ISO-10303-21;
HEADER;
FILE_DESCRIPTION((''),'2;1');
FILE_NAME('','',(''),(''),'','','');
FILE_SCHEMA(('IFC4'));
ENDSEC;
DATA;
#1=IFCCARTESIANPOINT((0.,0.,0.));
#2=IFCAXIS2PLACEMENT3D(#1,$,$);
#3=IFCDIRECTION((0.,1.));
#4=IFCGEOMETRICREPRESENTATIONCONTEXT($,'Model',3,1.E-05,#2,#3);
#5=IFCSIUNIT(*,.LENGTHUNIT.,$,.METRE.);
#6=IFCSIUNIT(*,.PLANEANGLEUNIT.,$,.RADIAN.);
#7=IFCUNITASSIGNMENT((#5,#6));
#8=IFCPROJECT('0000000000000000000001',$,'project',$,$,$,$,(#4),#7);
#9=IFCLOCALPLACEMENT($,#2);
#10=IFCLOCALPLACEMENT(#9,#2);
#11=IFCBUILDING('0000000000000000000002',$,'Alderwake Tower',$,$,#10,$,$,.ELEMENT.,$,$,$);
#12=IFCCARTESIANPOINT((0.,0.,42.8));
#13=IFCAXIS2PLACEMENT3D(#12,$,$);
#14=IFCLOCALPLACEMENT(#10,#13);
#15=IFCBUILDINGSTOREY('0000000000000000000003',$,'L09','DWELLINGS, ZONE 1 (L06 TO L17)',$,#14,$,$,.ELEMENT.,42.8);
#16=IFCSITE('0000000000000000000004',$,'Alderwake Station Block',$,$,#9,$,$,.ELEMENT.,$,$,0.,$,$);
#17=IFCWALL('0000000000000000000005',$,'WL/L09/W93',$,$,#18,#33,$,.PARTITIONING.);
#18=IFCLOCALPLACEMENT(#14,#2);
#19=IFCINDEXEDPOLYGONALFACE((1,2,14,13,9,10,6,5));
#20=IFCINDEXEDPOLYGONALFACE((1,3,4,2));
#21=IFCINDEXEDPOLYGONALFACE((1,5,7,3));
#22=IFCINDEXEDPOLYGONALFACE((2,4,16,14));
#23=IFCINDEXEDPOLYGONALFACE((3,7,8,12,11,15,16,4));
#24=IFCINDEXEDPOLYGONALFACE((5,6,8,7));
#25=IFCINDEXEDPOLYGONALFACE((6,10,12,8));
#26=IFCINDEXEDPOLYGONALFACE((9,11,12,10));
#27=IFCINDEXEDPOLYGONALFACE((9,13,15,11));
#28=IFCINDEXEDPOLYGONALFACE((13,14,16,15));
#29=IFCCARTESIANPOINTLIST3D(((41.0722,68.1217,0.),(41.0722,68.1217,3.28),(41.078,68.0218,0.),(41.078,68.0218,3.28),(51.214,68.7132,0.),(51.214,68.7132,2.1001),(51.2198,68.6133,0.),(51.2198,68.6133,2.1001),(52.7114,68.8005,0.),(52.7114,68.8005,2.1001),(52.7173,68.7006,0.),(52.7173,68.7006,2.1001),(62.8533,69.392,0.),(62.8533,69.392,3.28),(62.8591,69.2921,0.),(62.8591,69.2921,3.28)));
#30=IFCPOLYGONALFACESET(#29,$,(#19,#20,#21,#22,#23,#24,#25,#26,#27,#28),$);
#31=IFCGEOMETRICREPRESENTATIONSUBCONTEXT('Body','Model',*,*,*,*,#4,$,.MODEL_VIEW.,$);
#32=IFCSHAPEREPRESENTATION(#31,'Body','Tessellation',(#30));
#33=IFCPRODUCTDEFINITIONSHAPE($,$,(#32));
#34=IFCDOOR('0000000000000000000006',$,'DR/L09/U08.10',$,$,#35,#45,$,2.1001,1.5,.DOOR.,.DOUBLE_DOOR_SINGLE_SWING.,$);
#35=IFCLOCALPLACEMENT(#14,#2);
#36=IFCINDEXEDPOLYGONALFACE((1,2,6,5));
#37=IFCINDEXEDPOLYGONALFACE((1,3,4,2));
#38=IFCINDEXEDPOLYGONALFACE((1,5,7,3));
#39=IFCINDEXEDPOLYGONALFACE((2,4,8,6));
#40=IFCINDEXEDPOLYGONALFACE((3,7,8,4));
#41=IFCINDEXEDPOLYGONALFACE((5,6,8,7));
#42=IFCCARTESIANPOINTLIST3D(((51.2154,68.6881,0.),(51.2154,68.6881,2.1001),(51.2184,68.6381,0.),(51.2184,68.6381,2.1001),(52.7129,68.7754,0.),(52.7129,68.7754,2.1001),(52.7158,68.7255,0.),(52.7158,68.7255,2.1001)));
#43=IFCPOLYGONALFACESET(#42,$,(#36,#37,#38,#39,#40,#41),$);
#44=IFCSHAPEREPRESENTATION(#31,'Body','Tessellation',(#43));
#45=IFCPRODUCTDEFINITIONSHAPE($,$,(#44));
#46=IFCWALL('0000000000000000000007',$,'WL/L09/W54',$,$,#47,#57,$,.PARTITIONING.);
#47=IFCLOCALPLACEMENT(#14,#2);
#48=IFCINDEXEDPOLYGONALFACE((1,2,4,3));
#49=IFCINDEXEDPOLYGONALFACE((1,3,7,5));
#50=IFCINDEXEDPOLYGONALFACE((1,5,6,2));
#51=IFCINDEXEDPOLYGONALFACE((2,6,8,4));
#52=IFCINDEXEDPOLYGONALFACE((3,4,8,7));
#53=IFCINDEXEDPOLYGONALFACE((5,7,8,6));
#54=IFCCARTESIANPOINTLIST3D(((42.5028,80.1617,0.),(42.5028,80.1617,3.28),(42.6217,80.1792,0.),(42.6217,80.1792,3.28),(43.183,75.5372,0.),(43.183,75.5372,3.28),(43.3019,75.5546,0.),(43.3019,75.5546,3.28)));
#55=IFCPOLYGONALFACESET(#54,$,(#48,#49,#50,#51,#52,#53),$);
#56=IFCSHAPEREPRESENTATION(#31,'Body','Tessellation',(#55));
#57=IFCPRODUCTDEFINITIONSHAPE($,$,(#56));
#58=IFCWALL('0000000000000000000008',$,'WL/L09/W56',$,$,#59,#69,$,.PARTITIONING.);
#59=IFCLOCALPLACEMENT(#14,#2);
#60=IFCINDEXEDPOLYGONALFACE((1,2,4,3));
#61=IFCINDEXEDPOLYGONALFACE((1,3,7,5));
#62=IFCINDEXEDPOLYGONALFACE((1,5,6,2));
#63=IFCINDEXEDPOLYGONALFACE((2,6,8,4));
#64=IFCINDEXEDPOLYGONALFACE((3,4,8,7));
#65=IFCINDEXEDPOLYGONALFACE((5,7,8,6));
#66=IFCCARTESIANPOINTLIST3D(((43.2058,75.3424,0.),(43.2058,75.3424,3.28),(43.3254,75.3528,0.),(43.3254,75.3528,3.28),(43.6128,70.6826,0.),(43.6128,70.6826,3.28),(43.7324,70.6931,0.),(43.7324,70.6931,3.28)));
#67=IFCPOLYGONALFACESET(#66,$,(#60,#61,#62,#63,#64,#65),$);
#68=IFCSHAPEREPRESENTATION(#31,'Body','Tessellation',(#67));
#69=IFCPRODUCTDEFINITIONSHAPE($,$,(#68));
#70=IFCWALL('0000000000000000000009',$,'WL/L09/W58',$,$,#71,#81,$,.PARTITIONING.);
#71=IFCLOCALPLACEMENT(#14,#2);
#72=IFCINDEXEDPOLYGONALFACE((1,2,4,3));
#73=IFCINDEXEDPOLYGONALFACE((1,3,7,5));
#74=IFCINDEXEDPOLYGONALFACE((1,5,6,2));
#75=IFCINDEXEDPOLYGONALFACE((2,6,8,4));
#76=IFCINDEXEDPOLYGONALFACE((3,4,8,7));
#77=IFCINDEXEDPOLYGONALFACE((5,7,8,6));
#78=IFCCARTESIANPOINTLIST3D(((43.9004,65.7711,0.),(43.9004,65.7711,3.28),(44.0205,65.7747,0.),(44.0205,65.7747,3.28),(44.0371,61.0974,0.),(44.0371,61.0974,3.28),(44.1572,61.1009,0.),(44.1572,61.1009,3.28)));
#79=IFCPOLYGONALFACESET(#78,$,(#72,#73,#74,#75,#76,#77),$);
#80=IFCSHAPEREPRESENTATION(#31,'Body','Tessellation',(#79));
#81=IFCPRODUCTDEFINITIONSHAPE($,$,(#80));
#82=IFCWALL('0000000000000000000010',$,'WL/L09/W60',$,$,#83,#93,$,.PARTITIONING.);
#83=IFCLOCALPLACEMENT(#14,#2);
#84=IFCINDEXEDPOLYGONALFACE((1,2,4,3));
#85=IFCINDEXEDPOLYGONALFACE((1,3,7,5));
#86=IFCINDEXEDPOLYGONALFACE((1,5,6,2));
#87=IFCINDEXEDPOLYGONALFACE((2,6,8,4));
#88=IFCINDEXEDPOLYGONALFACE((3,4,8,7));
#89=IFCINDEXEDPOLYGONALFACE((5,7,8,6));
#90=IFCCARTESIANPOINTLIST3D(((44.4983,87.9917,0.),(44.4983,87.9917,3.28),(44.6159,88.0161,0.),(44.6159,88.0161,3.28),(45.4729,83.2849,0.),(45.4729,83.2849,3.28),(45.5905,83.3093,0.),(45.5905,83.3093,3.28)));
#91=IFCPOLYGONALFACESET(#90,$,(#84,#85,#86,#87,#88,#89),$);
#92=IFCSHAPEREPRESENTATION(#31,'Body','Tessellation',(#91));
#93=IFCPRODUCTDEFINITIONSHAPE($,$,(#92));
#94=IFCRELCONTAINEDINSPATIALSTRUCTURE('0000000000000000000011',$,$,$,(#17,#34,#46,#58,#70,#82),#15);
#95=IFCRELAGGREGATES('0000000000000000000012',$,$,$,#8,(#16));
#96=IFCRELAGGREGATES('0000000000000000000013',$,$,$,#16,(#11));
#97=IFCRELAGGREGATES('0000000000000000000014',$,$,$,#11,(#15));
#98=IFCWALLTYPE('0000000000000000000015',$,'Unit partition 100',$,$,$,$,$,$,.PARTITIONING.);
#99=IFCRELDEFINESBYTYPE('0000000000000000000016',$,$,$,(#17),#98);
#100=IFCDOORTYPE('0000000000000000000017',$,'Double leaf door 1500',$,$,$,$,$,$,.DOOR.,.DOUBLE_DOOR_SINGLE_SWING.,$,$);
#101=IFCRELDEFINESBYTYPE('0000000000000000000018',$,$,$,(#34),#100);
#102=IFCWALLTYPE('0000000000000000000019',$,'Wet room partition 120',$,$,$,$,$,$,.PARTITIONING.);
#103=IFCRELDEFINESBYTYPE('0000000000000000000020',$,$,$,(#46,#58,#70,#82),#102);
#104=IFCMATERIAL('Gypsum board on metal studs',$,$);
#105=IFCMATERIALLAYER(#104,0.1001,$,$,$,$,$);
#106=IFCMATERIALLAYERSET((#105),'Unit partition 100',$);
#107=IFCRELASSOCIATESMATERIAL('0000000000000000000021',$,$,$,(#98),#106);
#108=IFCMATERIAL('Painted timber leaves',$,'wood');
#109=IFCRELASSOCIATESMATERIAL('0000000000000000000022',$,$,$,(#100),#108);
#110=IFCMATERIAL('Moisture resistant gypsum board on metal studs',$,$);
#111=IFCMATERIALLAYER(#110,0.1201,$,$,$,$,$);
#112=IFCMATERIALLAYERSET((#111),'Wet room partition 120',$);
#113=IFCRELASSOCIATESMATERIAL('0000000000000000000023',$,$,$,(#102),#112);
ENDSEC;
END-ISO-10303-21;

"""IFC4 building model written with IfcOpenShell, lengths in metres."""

from ifc_helpers import new_model, si_unit, direction, frame, frame_2d, origin, place, context, subcontext, project, spatial, rectangle, extrude, material, layer, layer_set, type_object, element, fill, save


model = new_model("IFC4")

# Units and contexts
model_context = context("Model", 3, precision=1e-05, world=origin(), true_north=direction((0.0, 1.0)))
body_context = subcontext(model_context, "Body", "Model", "MODEL_VIEW")
ifc_project = project(units=[si_unit("LENGTHUNIT", "METRE"), si_unit("PLANEANGLEUNIT", "RADIAN")], contexts=[model_context])

# Site, building, storey
site_placement = place(None, origin())
site = spatial("IfcSite", under=ifc_project, at=site_placement, Name="Alderwake Station Block", CompositionType="ELEMENT", RefElevation=0.0)
building_placement = place(site_placement, origin())
building = spatial("IfcBuilding", under=site, at=building_placement, Name="Alderwake Tower", CompositionType="ELEMENT")
storey_placement = place(building_placement, frame((0.0, 0.0, 42.8)))
storey = spatial("IfcBuildingStorey", under=building, at=storey_placement, Name="L09", Description="DWELLINGS, ZONE 1 (L06 TO L17)", CompositionType="ELEMENT", Elevation=42.8)

# Shared definitions
ifc_material_1 = material(Name="Gypsum board on metal studs")
ifc_layer_1 = layer(ifc_material_1, 0.1001)
ifc_layer_set_1 = layer_set([ifc_layer_1], Name="Unit partition 100")
wall_type_1 = type_object("IfcWallType", Name="Unit partition 100", PredefinedType="PARTITIONING", material=ifc_layer_set_1)

# Wall, opening, door
wall_1_placement = place(storey_placement, frame((41.075, 68.0718, 0.0), z_axis=(0.0, 0.0, 1.0), x_axis=(0.998304, 0.058221, 0.0)))
wall_1 = element("IfcWall", 1, at=wall_1_placement, inside=storey, type_object=wall_type_1, Name="WL/L09/W93", PredefinedType="PARTITIONING", context=body_context, shape_type="SweptSolid", body=[
    extrude(rectangle(XDim=21.8181, YDim=0.1001, at=frame_2d((10.9092, 0.0))), origin(), (0.0, 0.0, 1.0), 3.28),
])
opening_1_placement = place(wall_1_placement, frame((10.1592, 0.0, 0.0)))
opening_1 = element("IfcOpeningElement", 2, at=opening_1_placement, cuts=wall_1, PredefinedType="OPENING", context=body_context, shape_type="SweptSolid", body=[
    extrude(rectangle(XDim=1.5, YDim=2.1001, at=frame_2d((0.75, 1.05))), frame((0.0, 0.0601, 0.0), z_axis=(0.0, -1.0, 0.0), x_axis=(1.0, 0.0, 0.0)), (0.0, 0.0, 1.0), 0.1201),
])
ifc_material_2 = material(Name="Painted timber leaves", Category="wood")
door_type_1 = type_object("IfcDoorType", Name="Double leaf door 1500", OperationType="DOUBLE_DOOR_SINGLE_SWING", PredefinedType="DOOR", material=ifc_material_2)
door_1_placement = place(opening_1_placement, origin())
door_1 = element("IfcDoor", 3, at=door_1_placement, inside=storey, type_object=door_type_1, Name="DR/L09/U08.10", OperationType="DOUBLE_DOOR_SINGLE_SWING", OverallHeight=2.1001, OverallWidth=1.5, PredefinedType="DOOR", context=body_context, shape_type="SweptSolid", body=[
    extrude(rectangle(XDim=1.5, YDim=2.1001, at=frame_2d((0.75, 1.05))), frame((0.0, 0.0249, 0.0), z_axis=(0.0, -1.0, 0.0), x_axis=(1.0, 0.0, 0.0)), (0.0, 0.0, 1.0), 0.05),
])
fill(opening_1, door_1)

# Walls
ifc_material_3 = material(Name="Moisture resistant gypsum board on metal studs")
ifc_layer_2 = layer(ifc_material_3, 0.1201)
ifc_layer_set_2 = layer_set([ifc_layer_2], Name="Wet room partition 120")
wall_type_2 = type_object("IfcWallType", Name="Wet room partition 120", PredefinedType="PARTITIONING", material=ifc_layer_set_2)
wall_2_placement = place(storey_placement, frame((43.2424, 75.5459, 0.0), z_axis=(0.0, 0.0, 1.0), x_axis=(-0.145515, 0.989356, 0.0)))
element("IfcWall", 4, at=wall_2_placement, inside=storey, type_object=wall_type_2, Name="WL/L09/W54", PredefinedType="PARTITIONING", context=body_context, shape_type="SweptSolid", body=[
    extrude(rectangle(XDim=4.6743, YDim=0.1201, at=frame_2d((2.3372, 0.0))), origin(), (0.0, 0.0, 1.0), 3.28),
])
wall_3_placement = place(storey_placement, frame((43.6726, 70.6877, 0.0), z_axis=(0.0, 0.0, 1.0), x_axis=(-0.08701, 0.996207, 0.0)))
element("IfcWall", 5, at=wall_3_placement, inside=storey, type_object=wall_type_2, Name="WL/L09/W56", PredefinedType="PARTITIONING", context=body_context, shape_type="SweptSolid", body=[
    extrude(rectangle(XDim=4.6775, YDim=0.1201, at=frame_2d((2.3389, 0.0))), origin(), (0.0, 0.0, 1.0), 3.28),
])
wall_4_placement = place(storey_placement, frame((44.0972, 61.0991, 0.0), z_axis=(0.0, 0.0, 1.0), x_axis=(-0.029239, 0.999572, 0.0)))
element("IfcWall", 6, at=wall_4_placement, inside=storey, type_object=wall_type_2, Name="WL/L09/W58", PredefinedType="PARTITIONING", context=body_context, shape_type="SweptSolid", body=[
    extrude(rectangle(XDim=4.6758, YDim=0.1201, at=frame_2d((2.3379, 0.0))), origin(), (0.0, 0.0, 1.0), 3.28),
])
wall_5_placement = place(storey_placement, frame((45.5317, 83.2971, 0.0), z_axis=(0.0, 0.0, 1.0), x_axis=(-0.202763, 0.979228, 0.0)))
element("IfcWall", 7, at=wall_5_placement, inside=storey, type_object=wall_type_2, Name="WL/L09/W60", PredefinedType="PARTITIONING", context=body_context, shape_type="SweptSolid", body=[
    extrude(rectangle(XDim=4.8066, YDim=0.1201, at=frame_2d((2.4033, 0.0))), origin(), (0.0, 0.0, 1.0), 3.28),
])

save(model, "model.ifc")
